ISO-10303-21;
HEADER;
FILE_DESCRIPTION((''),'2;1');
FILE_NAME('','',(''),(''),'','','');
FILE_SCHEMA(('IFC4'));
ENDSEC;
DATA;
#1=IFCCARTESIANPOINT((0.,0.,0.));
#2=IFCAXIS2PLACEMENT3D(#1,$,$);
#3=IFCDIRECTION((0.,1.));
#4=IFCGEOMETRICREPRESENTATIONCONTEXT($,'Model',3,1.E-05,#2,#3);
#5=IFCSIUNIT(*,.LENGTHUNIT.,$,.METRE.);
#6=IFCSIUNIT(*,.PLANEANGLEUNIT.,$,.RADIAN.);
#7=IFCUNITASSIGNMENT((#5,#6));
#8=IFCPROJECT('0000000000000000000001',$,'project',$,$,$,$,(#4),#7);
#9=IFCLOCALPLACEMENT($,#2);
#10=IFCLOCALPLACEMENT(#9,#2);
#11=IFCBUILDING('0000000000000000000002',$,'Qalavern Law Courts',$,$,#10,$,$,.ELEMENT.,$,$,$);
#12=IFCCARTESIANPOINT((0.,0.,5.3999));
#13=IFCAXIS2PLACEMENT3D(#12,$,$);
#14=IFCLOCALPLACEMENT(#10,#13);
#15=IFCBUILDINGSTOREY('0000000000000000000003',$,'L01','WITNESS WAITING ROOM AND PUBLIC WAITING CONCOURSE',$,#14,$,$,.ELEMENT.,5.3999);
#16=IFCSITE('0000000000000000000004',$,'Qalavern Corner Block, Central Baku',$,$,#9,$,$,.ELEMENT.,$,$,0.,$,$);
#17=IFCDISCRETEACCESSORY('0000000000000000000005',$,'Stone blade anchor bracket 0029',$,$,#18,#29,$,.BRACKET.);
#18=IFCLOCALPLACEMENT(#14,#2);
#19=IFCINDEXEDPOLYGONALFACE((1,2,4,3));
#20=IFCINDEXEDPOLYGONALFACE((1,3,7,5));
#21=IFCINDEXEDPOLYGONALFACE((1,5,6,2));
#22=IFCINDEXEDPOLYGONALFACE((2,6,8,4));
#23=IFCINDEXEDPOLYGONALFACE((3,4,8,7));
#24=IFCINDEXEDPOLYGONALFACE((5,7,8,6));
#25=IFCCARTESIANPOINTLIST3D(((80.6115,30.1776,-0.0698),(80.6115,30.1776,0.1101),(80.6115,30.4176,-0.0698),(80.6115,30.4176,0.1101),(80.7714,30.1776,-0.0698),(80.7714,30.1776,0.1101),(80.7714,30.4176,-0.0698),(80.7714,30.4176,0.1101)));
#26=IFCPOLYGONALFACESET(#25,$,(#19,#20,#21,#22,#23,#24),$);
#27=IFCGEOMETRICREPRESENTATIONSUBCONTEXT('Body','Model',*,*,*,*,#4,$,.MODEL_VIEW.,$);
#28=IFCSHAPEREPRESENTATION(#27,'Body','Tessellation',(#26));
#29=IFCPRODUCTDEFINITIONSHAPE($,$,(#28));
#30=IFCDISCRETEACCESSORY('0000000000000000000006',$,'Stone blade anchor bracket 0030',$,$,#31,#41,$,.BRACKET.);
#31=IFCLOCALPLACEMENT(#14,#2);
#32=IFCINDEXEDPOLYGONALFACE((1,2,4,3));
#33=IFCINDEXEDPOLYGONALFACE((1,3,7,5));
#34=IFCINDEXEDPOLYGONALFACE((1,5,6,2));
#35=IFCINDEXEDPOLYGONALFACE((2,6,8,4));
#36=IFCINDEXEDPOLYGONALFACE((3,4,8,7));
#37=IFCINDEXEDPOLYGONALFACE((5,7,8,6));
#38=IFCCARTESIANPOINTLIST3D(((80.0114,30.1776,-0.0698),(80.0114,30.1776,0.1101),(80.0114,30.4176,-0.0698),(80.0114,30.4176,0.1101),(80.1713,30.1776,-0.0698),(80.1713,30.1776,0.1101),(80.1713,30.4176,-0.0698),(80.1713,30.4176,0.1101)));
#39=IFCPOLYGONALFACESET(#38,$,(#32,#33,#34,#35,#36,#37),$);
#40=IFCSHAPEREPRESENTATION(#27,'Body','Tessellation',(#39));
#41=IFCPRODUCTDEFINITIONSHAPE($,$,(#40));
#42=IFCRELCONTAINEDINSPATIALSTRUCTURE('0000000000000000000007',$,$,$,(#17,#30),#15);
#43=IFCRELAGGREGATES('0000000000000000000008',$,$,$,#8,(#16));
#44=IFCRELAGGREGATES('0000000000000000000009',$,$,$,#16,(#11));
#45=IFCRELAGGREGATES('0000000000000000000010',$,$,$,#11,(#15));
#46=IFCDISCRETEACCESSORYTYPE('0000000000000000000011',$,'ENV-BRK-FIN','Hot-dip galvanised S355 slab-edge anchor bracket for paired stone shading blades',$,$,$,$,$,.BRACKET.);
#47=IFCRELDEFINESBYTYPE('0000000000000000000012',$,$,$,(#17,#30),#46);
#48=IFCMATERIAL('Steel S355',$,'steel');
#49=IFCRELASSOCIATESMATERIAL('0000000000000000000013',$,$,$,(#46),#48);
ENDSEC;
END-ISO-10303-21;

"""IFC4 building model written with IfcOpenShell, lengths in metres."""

from ifc_helpers import new_model, si_unit, direction, frame, origin, origin_2d, place, context, subcontext, project, spatial, rectangle, extrude, material, type_object, element, save


model = new_model("IFC4")

# Units and contexts
model_context = context("Model", 3, precision=1e-05, world=origin(), true_north=direction((0.0, 1.0)))
body_context = subcontext(model_context, "Body", "Model", "MODEL_VIEW")
ifc_project = project(units=[si_unit("LENGTHUNIT", "METRE"), si_unit("PLANEANGLEUNIT", "RADIAN")], contexts=[model_context])

# Site, building, storey
site_placement = place(None, origin())
site = spatial("IfcSite", under=ifc_project, at=site_placement, Name="Qalavern Corner Block, Central Baku", CompositionType="ELEMENT", RefElevation=0.0)
building_placement = place(site_placement, origin())
building = spatial("IfcBuilding", under=site, at=building_placement, Name="Qalavern Law Courts", CompositionType="ELEMENT")
storey_placement = place(building_placement, frame((0.0, 0.0, 5.3999)))
storey = spatial("IfcBuildingStorey", under=building, at=storey_placement, Name="L01", Description="WITNESS WAITING ROOM AND PUBLIC WAITING CONCOURSE", CompositionType="ELEMENT", Elevation=5.3999)

# Shared definitions
ifc_material_1 = material(Name="Steel S355", Category="steel")

# Discrete accessories
discrete_accessory_type = type_object("IfcDiscreteAccessoryType", Name="ENV-BRK-FIN", Description="Hot-dip galvanised S355 slab-edge anchor bracket for paired stone shading blades", PredefinedType="BRACKET", material=ifc_material_1)
for number, where, z_axis, x_axis, name in (
    (1, (80.6914, 30.2976, -0.0698), (0.0, 0.0, 1.0), (0.0, 1.0, 0.0), "Stone blade anchor bracket 0029"),
    (2, (80.0913, 30.2976, -0.0698), (0.0, 0.0, 1.0), (0.0, 1.0, 0.0), "Stone blade anchor bracket 0030"),
):
    element("IfcDiscreteAccessory", number, at=place(storey_placement, frame(where, z_axis=z_axis, x_axis=x_axis)), inside=storey, type_object=discrete_accessory_type, Name=name, PredefinedType="BRACKET", context=body_context, shape_type="SweptSolid", body=[
        extrude(rectangle(XDim=0.24, YDim=0.1599, at=origin_2d()), origin(), (0.0, 0.0, 1.0), 0.1799),
    ])

save(model, "model.ifc")
